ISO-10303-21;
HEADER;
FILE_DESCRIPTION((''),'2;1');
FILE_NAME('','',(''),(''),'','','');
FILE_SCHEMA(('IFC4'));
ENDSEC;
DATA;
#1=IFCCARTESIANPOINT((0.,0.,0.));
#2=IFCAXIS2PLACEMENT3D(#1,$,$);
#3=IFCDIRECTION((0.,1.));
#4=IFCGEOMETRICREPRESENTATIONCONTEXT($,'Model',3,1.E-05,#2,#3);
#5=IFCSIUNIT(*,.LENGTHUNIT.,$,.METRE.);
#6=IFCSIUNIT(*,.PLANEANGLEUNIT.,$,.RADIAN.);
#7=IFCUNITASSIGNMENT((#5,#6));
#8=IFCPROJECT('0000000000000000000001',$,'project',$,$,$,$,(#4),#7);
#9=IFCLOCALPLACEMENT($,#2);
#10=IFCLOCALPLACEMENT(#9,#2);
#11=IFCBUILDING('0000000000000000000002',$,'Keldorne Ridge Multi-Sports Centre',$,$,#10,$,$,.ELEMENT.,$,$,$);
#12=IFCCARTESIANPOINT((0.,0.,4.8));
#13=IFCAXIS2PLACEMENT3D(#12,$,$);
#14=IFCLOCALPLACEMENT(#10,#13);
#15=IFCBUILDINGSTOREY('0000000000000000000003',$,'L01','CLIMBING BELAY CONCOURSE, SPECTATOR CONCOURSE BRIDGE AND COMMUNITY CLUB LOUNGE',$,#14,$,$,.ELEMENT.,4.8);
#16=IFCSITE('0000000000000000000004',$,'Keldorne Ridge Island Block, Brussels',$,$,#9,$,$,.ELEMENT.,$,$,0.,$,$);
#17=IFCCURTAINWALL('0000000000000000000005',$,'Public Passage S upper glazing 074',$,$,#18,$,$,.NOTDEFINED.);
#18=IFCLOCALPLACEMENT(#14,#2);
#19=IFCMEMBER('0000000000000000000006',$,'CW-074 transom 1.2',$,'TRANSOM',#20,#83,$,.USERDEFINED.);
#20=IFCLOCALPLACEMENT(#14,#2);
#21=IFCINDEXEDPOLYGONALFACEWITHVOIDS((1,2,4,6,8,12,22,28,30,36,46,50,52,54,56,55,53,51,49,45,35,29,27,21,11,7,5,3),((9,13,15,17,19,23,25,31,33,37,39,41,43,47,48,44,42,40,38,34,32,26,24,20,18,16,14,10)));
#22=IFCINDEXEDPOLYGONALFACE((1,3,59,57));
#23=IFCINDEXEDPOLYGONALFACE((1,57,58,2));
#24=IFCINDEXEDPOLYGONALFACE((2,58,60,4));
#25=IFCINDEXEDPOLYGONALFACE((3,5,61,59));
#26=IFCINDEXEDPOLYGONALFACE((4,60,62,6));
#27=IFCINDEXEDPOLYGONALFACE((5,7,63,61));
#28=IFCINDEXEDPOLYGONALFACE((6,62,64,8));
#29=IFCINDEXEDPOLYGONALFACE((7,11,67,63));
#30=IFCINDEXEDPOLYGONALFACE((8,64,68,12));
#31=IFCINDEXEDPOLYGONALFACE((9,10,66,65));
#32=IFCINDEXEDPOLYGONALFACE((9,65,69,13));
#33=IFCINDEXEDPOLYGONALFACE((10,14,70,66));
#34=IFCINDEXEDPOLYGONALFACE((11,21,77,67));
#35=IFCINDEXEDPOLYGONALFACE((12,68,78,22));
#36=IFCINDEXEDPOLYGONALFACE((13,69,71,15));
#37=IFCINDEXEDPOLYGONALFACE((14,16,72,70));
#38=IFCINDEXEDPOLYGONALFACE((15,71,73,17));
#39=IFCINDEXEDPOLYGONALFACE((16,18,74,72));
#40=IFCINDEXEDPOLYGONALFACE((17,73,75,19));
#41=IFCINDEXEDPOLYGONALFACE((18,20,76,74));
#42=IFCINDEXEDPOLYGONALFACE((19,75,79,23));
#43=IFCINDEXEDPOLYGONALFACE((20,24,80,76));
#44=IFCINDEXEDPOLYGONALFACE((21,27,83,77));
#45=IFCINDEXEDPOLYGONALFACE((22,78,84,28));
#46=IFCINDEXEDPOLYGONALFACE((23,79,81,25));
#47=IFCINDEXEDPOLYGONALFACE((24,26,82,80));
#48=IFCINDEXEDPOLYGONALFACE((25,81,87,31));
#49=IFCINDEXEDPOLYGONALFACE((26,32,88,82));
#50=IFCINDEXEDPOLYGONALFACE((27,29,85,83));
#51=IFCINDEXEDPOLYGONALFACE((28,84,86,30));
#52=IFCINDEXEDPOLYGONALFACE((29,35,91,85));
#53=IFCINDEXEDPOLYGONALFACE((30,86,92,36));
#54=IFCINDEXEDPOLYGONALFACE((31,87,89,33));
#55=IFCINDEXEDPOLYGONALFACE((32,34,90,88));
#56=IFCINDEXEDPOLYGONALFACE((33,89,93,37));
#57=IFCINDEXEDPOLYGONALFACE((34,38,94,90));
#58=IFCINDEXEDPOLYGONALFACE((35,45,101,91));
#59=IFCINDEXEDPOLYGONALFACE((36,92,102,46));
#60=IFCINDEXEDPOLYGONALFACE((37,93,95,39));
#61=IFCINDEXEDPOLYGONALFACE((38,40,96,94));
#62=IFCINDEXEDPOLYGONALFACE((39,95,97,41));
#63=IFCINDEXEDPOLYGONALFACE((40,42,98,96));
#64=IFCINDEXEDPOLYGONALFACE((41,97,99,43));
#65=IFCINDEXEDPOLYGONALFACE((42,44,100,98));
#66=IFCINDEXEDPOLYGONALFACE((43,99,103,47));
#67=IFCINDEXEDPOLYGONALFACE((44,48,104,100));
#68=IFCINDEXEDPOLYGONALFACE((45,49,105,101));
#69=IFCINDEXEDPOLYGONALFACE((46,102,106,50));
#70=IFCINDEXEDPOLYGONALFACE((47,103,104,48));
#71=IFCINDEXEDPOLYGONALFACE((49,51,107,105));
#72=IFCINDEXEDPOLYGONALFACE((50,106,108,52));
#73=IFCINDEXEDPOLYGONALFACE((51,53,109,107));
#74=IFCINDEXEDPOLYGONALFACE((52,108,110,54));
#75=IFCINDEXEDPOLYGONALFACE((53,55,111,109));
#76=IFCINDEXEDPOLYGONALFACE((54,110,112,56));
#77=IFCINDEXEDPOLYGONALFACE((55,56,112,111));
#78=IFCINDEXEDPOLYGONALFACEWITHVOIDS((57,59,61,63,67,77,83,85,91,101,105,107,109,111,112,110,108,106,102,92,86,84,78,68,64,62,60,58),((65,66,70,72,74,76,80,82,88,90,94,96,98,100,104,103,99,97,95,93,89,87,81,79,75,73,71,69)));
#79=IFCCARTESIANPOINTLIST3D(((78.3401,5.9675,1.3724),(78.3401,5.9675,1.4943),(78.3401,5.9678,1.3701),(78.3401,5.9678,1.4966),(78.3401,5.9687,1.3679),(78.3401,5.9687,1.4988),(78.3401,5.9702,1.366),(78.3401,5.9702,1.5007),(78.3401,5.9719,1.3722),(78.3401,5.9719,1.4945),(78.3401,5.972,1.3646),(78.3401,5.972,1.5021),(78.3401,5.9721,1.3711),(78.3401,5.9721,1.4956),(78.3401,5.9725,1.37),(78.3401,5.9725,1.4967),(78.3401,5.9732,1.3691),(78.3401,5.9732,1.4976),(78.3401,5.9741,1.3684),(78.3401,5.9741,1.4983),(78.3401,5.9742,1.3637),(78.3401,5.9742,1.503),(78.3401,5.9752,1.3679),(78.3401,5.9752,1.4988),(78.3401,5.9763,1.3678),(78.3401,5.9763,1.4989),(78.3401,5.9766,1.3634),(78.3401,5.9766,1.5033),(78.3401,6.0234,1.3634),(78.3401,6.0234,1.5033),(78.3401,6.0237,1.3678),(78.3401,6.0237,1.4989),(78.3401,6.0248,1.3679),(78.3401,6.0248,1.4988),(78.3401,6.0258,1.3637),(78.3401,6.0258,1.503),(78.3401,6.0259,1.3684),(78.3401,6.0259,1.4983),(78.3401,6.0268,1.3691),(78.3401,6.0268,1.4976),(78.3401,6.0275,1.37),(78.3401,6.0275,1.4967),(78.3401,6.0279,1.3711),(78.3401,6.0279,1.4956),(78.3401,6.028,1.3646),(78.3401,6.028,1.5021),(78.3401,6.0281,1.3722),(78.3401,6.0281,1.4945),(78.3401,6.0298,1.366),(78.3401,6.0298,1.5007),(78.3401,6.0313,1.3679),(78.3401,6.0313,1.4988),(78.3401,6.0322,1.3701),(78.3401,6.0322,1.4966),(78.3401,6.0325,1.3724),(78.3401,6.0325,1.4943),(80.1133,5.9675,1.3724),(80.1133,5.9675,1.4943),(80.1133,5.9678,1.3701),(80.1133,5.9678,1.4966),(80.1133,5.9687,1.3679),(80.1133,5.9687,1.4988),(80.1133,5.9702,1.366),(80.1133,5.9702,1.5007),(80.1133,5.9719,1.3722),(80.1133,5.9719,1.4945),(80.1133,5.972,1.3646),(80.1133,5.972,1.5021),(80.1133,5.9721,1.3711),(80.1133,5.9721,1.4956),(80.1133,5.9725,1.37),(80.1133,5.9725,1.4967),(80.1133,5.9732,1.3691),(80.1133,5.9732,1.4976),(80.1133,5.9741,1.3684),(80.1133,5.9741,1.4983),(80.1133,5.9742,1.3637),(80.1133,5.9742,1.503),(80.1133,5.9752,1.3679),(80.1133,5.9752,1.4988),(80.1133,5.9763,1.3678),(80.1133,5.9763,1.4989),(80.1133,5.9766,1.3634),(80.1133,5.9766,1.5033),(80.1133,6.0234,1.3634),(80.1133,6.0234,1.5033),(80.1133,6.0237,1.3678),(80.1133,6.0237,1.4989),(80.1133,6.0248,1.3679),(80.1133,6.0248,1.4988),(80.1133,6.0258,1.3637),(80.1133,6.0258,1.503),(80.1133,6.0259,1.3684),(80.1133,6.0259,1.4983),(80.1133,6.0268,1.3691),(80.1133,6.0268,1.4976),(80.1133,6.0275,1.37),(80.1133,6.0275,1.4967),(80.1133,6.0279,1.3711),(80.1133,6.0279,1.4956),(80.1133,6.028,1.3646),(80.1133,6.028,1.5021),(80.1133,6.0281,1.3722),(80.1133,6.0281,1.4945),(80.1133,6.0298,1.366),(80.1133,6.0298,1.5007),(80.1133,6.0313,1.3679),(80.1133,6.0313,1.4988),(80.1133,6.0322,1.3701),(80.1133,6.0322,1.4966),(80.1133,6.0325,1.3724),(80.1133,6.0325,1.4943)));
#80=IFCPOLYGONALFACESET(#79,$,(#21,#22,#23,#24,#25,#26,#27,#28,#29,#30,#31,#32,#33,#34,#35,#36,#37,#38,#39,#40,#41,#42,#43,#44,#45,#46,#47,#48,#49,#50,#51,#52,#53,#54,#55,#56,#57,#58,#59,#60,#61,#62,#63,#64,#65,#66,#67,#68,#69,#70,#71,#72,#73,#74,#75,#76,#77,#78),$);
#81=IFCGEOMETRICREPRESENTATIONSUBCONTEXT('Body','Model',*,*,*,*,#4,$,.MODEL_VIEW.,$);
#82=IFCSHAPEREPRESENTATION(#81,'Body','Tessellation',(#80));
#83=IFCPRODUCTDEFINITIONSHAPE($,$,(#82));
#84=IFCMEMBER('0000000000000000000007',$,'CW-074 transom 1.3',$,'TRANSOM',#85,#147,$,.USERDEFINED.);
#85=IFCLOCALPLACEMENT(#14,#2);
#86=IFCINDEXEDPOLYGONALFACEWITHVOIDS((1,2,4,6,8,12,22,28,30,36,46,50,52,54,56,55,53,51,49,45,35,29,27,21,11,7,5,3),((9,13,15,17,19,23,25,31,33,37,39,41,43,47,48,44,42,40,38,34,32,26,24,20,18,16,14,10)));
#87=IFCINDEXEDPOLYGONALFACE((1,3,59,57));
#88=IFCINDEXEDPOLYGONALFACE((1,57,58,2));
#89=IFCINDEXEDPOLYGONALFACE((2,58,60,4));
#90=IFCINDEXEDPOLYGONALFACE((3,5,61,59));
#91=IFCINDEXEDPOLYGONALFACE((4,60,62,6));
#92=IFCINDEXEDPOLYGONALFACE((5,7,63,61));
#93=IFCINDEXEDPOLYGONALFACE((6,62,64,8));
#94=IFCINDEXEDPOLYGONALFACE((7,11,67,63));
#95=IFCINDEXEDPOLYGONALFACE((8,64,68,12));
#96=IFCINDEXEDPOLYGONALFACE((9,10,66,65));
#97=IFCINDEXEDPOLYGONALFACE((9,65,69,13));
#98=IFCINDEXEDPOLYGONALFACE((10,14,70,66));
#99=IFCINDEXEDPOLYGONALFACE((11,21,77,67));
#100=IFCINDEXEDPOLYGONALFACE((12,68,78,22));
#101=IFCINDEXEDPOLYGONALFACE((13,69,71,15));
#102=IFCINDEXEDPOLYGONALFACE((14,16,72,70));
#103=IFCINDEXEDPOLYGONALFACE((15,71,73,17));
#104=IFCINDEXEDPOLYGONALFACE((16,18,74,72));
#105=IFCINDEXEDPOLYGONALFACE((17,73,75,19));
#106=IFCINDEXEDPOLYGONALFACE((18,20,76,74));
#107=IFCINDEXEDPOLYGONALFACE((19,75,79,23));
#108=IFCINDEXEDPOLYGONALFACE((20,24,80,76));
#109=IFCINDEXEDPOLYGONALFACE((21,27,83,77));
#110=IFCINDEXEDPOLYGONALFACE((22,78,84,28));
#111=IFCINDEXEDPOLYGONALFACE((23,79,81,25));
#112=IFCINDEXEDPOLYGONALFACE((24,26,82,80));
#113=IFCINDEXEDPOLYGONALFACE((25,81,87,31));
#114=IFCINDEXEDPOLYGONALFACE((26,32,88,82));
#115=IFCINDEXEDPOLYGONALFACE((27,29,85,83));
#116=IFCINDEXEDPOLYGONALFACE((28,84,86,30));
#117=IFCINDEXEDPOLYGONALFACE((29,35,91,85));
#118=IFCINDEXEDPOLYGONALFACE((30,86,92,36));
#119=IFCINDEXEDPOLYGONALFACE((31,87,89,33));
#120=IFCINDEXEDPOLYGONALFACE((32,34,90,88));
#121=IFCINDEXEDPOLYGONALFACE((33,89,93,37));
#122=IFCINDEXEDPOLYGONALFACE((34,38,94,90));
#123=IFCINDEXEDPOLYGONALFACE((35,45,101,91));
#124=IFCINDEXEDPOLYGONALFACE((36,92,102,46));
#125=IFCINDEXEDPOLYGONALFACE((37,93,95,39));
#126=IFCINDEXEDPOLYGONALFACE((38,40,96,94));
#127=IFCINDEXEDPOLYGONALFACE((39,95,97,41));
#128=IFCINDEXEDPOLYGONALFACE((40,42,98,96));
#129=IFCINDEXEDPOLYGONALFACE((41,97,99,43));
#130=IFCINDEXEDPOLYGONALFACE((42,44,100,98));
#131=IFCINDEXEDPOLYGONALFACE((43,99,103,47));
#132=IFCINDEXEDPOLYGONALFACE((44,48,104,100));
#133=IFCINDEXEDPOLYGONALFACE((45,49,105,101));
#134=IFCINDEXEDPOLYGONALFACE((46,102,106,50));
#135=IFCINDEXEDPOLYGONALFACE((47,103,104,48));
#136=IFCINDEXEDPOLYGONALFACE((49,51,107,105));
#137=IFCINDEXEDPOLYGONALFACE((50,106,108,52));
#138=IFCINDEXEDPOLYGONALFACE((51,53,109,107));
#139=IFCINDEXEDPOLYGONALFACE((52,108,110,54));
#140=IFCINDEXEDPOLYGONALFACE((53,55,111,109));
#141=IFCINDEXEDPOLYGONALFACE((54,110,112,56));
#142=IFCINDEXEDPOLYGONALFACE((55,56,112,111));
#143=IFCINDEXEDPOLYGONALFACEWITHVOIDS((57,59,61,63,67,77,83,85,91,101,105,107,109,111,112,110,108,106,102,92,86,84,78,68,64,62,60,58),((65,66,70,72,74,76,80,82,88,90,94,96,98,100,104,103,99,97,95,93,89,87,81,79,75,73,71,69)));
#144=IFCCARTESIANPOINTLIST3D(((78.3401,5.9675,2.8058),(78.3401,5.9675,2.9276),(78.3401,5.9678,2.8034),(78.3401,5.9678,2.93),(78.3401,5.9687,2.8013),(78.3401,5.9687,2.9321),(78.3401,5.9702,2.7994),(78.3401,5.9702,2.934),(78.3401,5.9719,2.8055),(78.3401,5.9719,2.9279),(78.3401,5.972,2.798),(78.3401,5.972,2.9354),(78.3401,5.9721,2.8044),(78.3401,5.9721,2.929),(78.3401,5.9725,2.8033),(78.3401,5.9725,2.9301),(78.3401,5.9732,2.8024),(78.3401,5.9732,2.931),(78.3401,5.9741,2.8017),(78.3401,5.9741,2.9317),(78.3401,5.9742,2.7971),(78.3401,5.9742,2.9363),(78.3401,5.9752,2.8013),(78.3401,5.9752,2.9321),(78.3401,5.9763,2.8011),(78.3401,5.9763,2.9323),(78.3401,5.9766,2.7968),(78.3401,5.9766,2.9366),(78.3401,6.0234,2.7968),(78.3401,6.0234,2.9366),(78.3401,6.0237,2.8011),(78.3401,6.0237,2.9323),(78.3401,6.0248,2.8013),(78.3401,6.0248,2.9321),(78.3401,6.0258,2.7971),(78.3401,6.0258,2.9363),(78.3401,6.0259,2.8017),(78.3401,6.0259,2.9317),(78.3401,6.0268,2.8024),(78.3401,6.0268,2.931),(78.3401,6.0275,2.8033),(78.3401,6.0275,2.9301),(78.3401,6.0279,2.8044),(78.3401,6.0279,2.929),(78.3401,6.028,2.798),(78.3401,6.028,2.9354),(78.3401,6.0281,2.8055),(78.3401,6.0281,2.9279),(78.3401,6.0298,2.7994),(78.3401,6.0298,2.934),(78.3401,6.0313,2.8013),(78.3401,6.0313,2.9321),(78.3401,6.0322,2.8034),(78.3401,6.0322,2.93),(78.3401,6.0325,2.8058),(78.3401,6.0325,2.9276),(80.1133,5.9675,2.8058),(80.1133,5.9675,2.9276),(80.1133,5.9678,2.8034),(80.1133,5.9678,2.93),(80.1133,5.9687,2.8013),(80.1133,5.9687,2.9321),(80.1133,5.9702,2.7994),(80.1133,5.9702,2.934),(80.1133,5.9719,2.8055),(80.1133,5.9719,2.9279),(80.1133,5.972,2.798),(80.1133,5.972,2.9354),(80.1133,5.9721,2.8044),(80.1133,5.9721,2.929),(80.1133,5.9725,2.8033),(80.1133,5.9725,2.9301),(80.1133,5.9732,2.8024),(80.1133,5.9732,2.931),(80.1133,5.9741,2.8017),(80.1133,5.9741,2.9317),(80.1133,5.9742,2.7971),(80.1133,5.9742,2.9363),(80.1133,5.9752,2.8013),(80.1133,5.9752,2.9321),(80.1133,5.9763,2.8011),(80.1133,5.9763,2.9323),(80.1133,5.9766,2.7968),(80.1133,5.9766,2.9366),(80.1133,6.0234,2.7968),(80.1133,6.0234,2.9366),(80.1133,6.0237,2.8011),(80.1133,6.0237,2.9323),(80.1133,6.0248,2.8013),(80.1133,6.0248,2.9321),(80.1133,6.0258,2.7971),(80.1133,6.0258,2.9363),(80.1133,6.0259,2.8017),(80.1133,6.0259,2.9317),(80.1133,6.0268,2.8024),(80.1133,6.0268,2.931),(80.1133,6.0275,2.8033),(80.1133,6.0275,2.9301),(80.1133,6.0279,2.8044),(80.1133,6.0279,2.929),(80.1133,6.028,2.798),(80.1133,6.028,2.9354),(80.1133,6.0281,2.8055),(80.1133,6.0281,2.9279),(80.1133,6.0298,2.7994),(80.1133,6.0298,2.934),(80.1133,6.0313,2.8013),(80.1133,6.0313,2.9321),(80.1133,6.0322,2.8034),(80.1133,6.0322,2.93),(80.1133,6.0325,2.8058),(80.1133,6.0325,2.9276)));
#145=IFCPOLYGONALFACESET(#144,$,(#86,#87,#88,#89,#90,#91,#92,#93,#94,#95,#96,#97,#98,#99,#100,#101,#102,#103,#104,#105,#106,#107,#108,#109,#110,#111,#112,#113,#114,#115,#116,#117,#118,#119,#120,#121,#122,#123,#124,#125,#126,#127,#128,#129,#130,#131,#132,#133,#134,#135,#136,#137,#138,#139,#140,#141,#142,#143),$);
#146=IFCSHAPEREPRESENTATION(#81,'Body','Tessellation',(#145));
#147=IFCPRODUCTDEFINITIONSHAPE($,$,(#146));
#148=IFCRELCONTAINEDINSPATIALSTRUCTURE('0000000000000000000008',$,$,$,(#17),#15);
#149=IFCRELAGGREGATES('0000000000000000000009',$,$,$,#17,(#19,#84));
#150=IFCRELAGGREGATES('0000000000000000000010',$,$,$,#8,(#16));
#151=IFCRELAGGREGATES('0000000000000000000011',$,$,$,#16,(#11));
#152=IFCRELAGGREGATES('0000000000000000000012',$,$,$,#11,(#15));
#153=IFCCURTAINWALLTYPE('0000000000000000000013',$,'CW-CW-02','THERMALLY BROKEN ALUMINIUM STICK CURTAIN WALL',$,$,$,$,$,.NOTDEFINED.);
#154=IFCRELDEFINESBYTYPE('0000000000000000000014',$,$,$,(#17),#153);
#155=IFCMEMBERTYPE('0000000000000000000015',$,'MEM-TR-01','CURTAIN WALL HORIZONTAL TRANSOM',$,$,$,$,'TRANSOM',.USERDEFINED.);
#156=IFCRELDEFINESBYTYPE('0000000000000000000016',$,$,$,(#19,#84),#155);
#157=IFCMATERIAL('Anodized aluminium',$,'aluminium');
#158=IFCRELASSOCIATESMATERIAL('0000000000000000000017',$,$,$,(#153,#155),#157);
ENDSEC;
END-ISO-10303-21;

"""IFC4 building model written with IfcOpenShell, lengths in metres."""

from ifc_helpers import new_model, si_unit, direction, frame, origin, origin_2d, place, context, subcontext, project, spatial, hollow_rectangle, extrude, material, material_profile, profile_set, type_object, element, aggregate, save


model = new_model("IFC4")

# Units and contexts
model_context = context("Model", 3, precision=1e-05, world=origin(), true_north=direction((0.0, 1.0)))
body_context = subcontext(model_context, "Body", "Model", "MODEL_VIEW")
ifc_project = project(units=[si_unit("LENGTHUNIT", "METRE"), si_unit("PLANEANGLEUNIT", "RADIAN")], contexts=[model_context])

# Site, building, storey
site_placement = place(None, origin())
site = spatial("IfcSite", under=ifc_project, at=site_placement, Name="Keldorne Ridge Island Block, Brussels", CompositionType="ELEMENT", RefElevation=0.0)
building_placement = place(site_placement, origin())
building = spatial("IfcBuilding", under=site, at=building_placement, Name="Keldorne Ridge Multi-Sports Centre", CompositionType="ELEMENT")
storey_placement = place(building_placement, frame((0.0, 0.0, 4.8)))
storey = spatial("IfcBuildingStorey", under=building, at=storey_placement, Name="L01", Description="CLIMBING BELAY CONCOURSE, SPECTATOR CONCOURSE BRIDGE AND COMMUNITY CLUB LOUNGE", CompositionType="ELEMENT", Elevation=4.8)

# Shared definitions
ifc_material_1 = material(Name="Anodized aluminium", Category="aluminium")

# Curtain wall
curtain_wall_type_1 = type_object("IfcCurtainWallType", Name="CW-CW-02", Description="THERMALLY BROKEN ALUMINIUM STICK CURTAIN WALL", PredefinedType="NOTDEFINED", material=ifc_material_1)
curtain_wall_1_placement = place(storey_placement, origin())
curtain_wall_1 = element("IfcCurtainWall", 1, at=curtain_wall_1_placement, inside=storey, type_object=curtain_wall_type_1, Name="Public Passage S upper glazing 074", PredefinedType="NOTDEFINED")

# Members
ifc_material_profile_1 = material_profile(ifc_material_1, hollow_rectangle(XDim=0.0649, YDim=0.1399, WallThickness=0.0044, InnerFilletRadius=0.0044, OuterFilletRadius=0.009, at=origin_2d()), Name="ALU TRANSOM 140x65x4.5")
ifc_profile_set_1 = profile_set([ifc_material_profile_1], Name="Anodized aluminium")
member_type_1 = type_object("IfcMemberType", Name="MEM-TR-01", Description="CURTAIN WALL HORIZONTAL TRANSOM", ElementType="TRANSOM", PredefinedType="USERDEFINED", material=ifc_profile_set_1)
member_1_placement = place(storey_placement, frame((78.3401, 6.0, 1.4333), z_axis=(1.0, 0.0, 0.0), x_axis=(0.0, 1.0, 0.0)))
member_1 = element("IfcMember", 2, at=member_1_placement, type_object=member_type_1, Name="CW-074 transom 1.2", ObjectType="TRANSOM", PredefinedType="USERDEFINED", context=body_context, shape_type="SweptSolid", body=[
    extrude(hollow_rectangle(XDim=0.0649, YDim=0.1399, WallThickness=0.0044, InnerFilletRadius=0.0044, OuterFilletRadius=0.009, at=origin_2d()), origin(), (0.0, 0.0, 1.0), 1.7732),
])
member_2_placement = place(storey_placement, frame((78.3401, 6.0, 2.8667), z_axis=(1.0, 0.0, 0.0), x_axis=(0.0, 1.0, 0.0)))
member_2 = element("IfcMember", 3, at=member_2_placement, type_object=member_type_1, Name="CW-074 transom 1.3", ObjectType="TRANSOM", PredefinedType="USERDEFINED", context=body_context, shape_type="SweptSolid", body=[
    extrude(hollow_rectangle(XDim=0.0649, YDim=0.1399, WallThickness=0.0044, InnerFilletRadius=0.0044, OuterFilletRadius=0.009, at=origin_2d()), origin(), (0.0, 0.0, 1.0), 1.7732),
])

aggregate(curtain_wall_1, [member_1, member_2])

save(model, "model.ifc")
